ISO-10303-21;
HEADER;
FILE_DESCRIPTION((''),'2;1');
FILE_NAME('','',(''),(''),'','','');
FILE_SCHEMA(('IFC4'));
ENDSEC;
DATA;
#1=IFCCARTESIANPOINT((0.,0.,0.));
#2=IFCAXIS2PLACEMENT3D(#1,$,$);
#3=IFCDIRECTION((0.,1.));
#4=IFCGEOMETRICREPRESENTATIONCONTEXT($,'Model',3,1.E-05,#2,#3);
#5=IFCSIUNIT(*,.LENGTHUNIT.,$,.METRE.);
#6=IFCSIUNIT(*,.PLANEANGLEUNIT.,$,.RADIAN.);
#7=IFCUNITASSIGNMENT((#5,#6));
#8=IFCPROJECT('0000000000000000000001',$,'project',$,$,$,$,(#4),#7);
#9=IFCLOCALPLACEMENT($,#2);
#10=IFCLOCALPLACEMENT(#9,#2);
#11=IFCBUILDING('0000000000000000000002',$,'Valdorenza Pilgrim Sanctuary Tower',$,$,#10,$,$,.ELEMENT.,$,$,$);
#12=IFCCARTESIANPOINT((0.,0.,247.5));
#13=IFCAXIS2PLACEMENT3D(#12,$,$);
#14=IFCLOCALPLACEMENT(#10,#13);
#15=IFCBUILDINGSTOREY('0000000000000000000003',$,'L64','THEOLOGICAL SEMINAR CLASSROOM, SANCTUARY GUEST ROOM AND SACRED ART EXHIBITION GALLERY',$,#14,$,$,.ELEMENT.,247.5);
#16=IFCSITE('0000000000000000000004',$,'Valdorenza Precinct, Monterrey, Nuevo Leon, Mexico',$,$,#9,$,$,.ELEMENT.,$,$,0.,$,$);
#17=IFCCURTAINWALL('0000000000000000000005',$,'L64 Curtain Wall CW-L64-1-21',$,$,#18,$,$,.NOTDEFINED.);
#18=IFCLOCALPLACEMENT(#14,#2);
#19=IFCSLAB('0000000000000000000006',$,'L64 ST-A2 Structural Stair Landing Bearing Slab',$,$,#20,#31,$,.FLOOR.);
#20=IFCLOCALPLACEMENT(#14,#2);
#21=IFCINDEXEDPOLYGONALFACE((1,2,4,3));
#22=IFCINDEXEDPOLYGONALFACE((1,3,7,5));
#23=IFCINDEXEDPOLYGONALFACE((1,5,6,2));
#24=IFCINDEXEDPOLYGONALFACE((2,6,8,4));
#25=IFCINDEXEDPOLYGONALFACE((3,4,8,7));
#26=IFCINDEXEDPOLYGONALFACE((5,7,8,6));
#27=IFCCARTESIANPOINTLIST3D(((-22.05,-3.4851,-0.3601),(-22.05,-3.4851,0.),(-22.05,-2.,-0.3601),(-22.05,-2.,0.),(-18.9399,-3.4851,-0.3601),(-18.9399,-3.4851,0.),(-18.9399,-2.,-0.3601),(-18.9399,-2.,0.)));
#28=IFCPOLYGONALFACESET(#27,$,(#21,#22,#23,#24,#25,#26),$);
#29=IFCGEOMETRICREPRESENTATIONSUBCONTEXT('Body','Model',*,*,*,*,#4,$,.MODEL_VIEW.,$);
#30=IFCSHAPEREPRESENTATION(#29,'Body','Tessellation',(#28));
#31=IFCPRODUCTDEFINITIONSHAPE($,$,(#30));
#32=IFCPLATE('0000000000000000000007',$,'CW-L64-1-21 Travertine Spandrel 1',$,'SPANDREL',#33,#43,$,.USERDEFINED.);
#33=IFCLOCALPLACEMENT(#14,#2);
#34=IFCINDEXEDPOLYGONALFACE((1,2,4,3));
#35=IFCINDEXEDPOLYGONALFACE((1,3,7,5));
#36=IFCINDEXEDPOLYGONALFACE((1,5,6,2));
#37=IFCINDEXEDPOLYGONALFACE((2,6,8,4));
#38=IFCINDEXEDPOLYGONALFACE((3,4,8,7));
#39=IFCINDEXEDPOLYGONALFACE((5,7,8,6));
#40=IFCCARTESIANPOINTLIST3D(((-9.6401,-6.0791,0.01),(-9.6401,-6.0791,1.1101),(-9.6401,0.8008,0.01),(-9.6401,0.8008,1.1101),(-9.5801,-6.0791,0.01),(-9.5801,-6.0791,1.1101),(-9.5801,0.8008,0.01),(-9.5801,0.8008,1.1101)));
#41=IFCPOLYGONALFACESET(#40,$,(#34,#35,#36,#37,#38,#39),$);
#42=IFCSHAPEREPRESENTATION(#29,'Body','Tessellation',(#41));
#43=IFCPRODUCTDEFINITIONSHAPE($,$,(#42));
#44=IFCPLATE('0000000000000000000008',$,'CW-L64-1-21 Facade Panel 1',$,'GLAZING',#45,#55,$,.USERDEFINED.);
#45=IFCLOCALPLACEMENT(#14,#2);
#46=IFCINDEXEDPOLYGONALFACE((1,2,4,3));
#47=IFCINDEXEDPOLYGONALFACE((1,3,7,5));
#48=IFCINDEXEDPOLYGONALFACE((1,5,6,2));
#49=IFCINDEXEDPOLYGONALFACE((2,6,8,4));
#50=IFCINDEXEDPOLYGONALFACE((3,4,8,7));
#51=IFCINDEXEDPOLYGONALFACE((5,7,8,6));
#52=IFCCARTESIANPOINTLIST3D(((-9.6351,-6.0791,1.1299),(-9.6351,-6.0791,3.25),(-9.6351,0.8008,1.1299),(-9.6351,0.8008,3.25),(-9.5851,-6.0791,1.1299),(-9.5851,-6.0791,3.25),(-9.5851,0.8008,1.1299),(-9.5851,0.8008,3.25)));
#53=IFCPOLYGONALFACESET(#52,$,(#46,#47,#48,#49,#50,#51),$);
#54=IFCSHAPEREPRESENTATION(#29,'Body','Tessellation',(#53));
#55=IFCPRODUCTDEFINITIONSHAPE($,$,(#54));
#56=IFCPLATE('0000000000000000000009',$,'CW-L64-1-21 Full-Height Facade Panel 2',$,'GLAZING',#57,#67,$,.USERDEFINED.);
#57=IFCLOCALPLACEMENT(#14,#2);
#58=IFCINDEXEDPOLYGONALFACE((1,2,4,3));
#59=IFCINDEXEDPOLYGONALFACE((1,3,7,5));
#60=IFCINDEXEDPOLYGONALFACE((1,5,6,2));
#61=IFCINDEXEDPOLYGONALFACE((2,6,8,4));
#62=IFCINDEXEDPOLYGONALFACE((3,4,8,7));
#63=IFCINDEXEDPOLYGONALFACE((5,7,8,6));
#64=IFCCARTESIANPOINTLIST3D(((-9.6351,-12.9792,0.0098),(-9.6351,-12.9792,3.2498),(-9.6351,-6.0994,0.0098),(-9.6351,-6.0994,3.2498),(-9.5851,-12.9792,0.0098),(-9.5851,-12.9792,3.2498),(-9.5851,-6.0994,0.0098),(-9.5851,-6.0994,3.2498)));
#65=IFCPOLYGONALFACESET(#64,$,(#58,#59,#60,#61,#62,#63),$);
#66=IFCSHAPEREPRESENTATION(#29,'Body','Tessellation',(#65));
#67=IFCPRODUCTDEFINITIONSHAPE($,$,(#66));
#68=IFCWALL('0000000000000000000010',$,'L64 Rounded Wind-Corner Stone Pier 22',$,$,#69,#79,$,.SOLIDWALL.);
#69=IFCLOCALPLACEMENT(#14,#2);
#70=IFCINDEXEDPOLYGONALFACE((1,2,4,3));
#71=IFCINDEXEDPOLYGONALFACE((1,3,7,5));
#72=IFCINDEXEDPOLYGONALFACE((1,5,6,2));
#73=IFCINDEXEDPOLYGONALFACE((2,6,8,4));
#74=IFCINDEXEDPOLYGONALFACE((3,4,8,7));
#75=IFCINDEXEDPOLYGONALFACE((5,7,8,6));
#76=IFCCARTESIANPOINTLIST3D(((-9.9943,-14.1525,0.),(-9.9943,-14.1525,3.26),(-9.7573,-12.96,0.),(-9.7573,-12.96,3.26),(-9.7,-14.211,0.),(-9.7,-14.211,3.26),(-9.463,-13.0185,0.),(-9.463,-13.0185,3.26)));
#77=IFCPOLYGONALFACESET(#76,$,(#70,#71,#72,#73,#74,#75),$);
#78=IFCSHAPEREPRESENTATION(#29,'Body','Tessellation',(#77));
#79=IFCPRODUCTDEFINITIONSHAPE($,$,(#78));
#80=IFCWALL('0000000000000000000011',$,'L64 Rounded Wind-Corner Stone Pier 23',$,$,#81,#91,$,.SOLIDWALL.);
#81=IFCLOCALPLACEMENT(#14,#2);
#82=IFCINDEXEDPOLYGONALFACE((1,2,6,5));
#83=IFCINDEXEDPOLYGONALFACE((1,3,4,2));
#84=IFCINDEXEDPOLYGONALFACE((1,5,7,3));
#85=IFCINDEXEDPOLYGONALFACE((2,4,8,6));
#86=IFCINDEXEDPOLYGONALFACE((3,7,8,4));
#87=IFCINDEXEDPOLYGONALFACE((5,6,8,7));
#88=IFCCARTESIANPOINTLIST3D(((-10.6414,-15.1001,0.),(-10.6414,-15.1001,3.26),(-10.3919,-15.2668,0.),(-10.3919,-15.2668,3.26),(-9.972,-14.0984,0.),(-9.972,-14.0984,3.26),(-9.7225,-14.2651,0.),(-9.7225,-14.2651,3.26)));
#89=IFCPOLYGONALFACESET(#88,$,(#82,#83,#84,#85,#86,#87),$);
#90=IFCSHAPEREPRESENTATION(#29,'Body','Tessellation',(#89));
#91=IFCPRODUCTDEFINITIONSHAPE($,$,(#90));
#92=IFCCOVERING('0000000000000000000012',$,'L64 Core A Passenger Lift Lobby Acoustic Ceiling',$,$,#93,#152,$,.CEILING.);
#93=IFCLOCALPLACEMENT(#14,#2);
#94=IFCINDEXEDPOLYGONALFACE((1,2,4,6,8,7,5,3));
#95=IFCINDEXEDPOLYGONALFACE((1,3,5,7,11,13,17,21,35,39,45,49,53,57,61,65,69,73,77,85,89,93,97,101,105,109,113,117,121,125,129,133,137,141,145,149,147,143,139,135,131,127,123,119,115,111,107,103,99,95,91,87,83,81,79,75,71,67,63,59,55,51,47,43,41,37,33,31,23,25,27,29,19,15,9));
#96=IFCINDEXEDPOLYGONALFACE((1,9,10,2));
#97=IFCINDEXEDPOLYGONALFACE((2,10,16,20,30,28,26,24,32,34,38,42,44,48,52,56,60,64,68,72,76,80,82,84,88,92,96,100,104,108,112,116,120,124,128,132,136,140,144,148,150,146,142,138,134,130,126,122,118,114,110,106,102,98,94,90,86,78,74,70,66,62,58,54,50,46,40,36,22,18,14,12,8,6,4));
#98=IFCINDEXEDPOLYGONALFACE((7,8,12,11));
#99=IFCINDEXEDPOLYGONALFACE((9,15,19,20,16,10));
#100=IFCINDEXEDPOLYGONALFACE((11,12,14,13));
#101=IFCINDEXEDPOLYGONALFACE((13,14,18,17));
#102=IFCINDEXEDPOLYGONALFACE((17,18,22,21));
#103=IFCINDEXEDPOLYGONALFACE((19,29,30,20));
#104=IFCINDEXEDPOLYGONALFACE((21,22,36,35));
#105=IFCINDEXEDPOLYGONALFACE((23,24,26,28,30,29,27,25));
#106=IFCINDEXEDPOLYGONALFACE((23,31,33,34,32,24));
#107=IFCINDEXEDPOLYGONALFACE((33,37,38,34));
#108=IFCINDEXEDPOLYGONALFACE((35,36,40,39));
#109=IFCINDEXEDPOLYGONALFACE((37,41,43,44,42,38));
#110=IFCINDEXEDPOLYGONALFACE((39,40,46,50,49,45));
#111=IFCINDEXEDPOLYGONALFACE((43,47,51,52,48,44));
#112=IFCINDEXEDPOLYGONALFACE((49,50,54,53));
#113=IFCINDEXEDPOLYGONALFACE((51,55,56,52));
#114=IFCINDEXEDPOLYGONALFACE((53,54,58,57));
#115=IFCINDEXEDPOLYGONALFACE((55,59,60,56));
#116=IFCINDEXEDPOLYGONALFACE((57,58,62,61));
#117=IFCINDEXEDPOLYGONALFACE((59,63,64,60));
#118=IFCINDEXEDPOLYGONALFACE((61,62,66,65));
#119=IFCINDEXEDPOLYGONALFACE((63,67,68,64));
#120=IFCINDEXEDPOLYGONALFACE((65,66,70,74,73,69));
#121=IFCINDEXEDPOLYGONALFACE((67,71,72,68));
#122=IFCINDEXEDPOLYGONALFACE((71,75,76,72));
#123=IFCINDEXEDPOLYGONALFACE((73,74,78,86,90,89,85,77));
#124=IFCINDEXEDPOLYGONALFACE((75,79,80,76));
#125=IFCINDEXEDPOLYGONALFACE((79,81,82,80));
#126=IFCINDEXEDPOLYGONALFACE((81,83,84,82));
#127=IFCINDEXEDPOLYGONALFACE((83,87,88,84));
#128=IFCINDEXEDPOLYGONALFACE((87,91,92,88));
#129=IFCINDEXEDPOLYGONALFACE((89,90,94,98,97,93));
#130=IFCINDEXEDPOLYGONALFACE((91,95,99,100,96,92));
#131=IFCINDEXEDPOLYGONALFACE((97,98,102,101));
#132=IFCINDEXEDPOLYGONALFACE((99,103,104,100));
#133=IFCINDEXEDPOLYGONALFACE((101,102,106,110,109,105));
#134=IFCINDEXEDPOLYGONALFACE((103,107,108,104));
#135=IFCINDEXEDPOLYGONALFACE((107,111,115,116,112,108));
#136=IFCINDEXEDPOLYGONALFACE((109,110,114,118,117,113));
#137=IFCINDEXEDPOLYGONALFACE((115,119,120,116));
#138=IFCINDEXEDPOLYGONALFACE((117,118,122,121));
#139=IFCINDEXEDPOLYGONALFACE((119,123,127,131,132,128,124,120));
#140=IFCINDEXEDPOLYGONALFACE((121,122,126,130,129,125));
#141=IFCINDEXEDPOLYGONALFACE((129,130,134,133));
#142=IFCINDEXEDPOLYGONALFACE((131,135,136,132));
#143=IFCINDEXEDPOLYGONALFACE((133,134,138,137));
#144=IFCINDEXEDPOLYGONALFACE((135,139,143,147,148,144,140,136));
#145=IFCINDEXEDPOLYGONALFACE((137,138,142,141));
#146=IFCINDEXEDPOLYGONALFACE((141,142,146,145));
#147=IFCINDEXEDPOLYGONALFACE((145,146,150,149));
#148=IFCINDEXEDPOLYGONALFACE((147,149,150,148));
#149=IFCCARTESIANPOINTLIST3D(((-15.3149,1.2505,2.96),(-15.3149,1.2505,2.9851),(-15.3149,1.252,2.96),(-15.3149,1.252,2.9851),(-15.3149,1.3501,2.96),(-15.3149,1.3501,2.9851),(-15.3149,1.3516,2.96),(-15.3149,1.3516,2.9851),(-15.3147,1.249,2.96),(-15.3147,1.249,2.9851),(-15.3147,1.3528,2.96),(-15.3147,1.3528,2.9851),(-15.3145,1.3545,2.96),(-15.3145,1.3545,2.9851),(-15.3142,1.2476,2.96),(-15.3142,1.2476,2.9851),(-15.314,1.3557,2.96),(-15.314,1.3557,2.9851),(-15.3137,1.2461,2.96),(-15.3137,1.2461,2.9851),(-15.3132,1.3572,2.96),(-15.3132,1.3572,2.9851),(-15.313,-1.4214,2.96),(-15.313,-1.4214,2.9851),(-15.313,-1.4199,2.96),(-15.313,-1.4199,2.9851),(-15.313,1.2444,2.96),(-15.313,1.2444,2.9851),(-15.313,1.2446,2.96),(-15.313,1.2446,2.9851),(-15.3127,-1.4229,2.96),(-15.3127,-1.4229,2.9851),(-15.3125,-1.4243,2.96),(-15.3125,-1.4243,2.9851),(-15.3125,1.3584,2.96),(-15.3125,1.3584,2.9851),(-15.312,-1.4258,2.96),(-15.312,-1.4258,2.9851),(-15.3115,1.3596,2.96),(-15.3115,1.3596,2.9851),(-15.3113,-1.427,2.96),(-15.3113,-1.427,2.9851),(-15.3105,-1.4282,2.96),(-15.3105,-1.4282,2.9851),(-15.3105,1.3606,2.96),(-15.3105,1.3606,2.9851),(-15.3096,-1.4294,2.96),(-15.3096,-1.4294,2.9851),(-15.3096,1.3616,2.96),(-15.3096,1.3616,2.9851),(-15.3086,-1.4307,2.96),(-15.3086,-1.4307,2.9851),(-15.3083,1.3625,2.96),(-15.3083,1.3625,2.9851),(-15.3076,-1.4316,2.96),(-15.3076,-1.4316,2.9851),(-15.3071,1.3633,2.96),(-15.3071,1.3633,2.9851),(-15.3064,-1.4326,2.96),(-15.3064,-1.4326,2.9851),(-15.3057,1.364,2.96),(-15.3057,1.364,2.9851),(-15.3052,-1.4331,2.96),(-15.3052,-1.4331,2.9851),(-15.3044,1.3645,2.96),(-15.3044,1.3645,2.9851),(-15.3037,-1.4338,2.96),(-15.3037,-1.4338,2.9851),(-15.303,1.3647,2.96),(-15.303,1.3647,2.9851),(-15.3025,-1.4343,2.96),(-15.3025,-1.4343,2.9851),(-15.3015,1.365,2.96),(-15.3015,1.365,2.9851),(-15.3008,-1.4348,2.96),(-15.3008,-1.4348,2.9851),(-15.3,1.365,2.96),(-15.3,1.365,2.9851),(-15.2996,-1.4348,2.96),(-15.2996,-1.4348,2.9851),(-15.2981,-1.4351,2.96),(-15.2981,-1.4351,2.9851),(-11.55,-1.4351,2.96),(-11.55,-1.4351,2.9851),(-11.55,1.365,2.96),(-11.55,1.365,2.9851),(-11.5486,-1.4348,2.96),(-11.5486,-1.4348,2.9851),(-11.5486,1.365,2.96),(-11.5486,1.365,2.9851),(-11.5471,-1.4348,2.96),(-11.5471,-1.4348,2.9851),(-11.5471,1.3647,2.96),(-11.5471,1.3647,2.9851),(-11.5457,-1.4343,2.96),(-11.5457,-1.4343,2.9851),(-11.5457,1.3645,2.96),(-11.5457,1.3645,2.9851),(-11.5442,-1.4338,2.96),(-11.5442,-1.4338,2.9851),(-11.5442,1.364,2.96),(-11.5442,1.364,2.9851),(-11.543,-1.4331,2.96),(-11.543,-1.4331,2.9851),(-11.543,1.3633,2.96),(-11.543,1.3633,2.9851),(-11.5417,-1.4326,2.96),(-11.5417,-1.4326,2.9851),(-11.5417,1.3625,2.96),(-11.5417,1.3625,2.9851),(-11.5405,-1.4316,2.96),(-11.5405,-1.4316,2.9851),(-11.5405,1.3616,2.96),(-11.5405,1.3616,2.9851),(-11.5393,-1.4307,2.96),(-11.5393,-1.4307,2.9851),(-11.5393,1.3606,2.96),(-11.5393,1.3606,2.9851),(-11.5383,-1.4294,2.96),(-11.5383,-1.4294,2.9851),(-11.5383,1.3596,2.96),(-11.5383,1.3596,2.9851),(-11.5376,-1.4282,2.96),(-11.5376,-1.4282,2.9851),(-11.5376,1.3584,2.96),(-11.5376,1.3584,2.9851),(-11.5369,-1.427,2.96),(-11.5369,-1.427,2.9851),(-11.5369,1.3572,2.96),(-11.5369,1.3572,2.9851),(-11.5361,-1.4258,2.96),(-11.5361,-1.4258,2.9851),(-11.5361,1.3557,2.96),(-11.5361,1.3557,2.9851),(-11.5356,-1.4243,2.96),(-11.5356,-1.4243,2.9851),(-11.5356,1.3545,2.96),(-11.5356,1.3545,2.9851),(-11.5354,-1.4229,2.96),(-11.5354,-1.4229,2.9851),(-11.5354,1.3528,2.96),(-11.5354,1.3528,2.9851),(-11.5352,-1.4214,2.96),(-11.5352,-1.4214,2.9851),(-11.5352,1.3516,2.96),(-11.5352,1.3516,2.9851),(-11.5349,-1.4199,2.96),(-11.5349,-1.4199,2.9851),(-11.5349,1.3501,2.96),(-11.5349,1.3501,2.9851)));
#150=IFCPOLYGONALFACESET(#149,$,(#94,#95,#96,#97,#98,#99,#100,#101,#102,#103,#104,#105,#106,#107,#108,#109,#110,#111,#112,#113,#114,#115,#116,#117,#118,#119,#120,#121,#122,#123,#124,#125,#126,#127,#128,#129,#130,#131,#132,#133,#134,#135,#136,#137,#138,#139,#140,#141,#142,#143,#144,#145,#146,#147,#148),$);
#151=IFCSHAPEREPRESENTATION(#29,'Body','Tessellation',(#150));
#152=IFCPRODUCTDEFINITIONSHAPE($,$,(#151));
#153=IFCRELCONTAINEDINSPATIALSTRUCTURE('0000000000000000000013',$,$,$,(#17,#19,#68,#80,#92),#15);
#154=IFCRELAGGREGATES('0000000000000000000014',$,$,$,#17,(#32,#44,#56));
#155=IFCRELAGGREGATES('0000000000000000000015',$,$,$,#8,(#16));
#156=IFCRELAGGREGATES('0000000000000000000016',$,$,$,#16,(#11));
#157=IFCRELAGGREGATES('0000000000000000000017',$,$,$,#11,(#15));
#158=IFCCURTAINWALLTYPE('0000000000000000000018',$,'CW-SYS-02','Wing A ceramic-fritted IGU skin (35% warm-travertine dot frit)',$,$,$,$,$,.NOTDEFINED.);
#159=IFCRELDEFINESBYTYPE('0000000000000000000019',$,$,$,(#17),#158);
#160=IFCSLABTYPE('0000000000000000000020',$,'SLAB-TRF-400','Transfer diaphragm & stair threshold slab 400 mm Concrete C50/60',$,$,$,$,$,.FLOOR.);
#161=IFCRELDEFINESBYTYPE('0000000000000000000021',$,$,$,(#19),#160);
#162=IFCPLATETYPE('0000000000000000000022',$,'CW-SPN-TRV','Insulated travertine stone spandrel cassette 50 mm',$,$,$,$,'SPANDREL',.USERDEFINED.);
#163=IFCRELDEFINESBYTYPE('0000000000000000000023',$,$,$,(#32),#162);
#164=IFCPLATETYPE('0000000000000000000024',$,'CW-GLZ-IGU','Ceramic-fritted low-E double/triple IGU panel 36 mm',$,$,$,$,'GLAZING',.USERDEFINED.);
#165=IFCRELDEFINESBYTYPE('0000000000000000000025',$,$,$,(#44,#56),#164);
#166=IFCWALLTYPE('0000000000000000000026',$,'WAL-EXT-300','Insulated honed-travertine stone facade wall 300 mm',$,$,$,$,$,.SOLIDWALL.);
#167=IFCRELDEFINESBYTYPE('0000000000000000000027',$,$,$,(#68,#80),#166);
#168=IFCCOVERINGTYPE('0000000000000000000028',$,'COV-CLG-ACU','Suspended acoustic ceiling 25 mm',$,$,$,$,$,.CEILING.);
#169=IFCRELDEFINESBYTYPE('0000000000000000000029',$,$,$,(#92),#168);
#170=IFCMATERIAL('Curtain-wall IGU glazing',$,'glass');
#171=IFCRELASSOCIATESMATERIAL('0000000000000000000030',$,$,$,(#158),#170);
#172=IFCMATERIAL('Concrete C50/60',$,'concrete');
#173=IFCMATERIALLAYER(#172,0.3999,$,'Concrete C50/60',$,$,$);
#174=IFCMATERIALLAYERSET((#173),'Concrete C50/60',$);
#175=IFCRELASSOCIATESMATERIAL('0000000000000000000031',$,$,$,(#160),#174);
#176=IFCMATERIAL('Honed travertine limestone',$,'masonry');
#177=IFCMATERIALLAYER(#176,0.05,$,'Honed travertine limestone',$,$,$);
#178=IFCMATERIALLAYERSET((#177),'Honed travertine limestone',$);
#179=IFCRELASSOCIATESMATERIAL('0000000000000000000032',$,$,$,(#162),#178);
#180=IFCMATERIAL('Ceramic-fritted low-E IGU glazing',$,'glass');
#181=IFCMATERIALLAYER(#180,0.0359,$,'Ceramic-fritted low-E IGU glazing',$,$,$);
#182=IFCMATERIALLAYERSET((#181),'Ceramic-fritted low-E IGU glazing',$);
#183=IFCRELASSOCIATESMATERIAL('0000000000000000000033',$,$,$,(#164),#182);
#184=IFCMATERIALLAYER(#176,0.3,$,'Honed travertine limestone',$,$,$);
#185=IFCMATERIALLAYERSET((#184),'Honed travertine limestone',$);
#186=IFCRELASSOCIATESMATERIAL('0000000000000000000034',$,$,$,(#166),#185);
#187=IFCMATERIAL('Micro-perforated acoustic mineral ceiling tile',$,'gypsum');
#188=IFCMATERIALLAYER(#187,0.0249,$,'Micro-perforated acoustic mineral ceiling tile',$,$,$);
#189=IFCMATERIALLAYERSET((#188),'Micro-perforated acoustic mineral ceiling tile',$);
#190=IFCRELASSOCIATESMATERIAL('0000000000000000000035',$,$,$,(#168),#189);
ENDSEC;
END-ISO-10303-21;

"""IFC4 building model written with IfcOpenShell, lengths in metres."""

from ifc_helpers import new_model, si_unit, direction, frame, frame_2d, origin, origin_2d, place, context, subcontext, project, spatial, polyline, rectangle, outline, extrude, source, transform, mapped, material, layer, layer_set, type_object, element, aggregate, save


model = new_model("IFC4")

# Units and contexts
model_context = context("Model", 3, precision=1e-05, world=origin(), true_north=direction((0.0, 1.0)))
body_context = subcontext(model_context, "Body", "Model", "MODEL_VIEW")
ifc_project = project(units=[si_unit("LENGTHUNIT", "METRE"), si_unit("PLANEANGLEUNIT", "RADIAN")], contexts=[model_context])

# Site, building, storey
site_placement = place(None, origin())
site = spatial("IfcSite", under=ifc_project, at=site_placement, Name="Valdorenza Precinct, Monterrey, Nuevo Leon, Mexico", CompositionType="ELEMENT", RefElevation=0.0)
building_placement = place(site_placement, origin())
building = spatial("IfcBuilding", under=site, at=building_placement, Name="Valdorenza Pilgrim Sanctuary Tower", CompositionType="ELEMENT")
storey_placement = place(building_placement, frame((0.0, 0.0, 247.5)))
storey = spatial("IfcBuildingStorey", under=building, at=storey_placement, Name="L64", Description="THEOLOGICAL SEMINAR CLASSROOM, SANCTUARY GUEST ROOM AND SACRED ART EXHIBITION GALLERY", CompositionType="ELEMENT", Elevation=247.5)

# Curtain wall
ifc_material_1 = material(Name="Curtain-wall IGU glazing", Category="glass")
curtain_wall_type = type_object("IfcCurtainWallType", Name="CW-SYS-02", Description="Wing A ceramic-fritted IGU skin (35% warm-travertine dot frit)", PredefinedType="NOTDEFINED", material=ifc_material_1)
curtain_wall_placement = place(storey_placement, origin())
curtain_wall = element("IfcCurtainWall", 1, at=curtain_wall_placement, inside=storey, type_object=curtain_wall_type, Name="L64 Curtain Wall CW-L64-1-21", PredefinedType="NOTDEFINED")

# Slab
ifc_material_2 = material(Name="Concrete C50/60", Category="concrete")
ifc_layer_1 = layer(ifc_material_2, 0.3999, Name="Concrete C50/60")
ifc_layer_set_1 = layer_set([ifc_layer_1], Name="Concrete C50/60")
slab_type_1 = type_object("IfcSlabType", Name="SLAB-TRF-400", Description="Transfer diaphragm & stair threshold slab 400 mm Concrete C50/60", PredefinedType="FLOOR", material=ifc_layer_set_1)
slab_1_placement = place(storey_placement, frame((0.0, 0.0, -0.3601)))
element("IfcSlab", 2, at=slab_1_placement, inside=storey, type_object=slab_type_1, Name="L64 ST-A2 Structural Stair Landing Bearing Slab", PredefinedType="FLOOR", context=body_context, shape_type="SweptSolid", body=[
    extrude(outline(polyline([(-22.05, -3.4851), (-18.9399, -3.4851), (-18.9399, -2.0), (-22.05, -2.0), (-22.05, -3.4851)])), origin(), (0.0, 0.0, 1.0), 0.3601),
])

# Plates
ifc_material_3 = material(Name="Honed travertine limestone", Category="masonry")
ifc_layer_2 = layer(ifc_material_3, 0.05, Name="Honed travertine limestone")
ifc_layer_set_2 = layer_set([ifc_layer_2], Name="Honed travertine limestone")
plate_type_1 = type_object("IfcPlateType", Name="CW-SPN-TRV", Description="Insulated travertine stone spandrel cassette 50 mm", ElementType="SPANDREL", PredefinedType="USERDEFINED", material=ifc_layer_set_2)
shared_shape_1 = source(origin(), body_context, "Body", "SweptSolid", [
    extrude(rectangle(XDim=6.8799, YDim=0.0601, at=origin_2d()), origin(), (0.0, 0.0, 1.0), 1.1001),
])
plate_1_placement = place(storey_placement, frame((-9.6101, -2.6392, 0.01), z_axis=(0.0, 0.0, 1.0), x_axis=(0.0, -1.0, 0.0)))
plate_1 = element("IfcPlate", 3, at=plate_1_placement, type_object=plate_type_1, Name="CW-L64-1-21 Travertine Spandrel 1", ObjectType="SPANDREL", PredefinedType="USERDEFINED", context=body_context, shape_type="MappedRepresentation", body=[
    mapped(shared_shape_1, transform((0.0, 0.0, 0.0), x_axis=(1.0, 0.0, 0.0), y_axis=(0.0, 1.0, 0.0), z_axis=(0.0, 0.0, 1.0), scale=1.0)),
])
ifc_material_4 = material(Name="Ceramic-fritted low-E IGU glazing", Category="glass")
ifc_layer_3 = layer(ifc_material_4, 0.0359, Name="Ceramic-fritted low-E IGU glazing")
ifc_layer_set_3 = layer_set([ifc_layer_3], Name="Ceramic-fritted low-E IGU glazing")
plate_type_2 = type_object("IfcPlateType", Name="CW-GLZ-IGU", Description="Ceramic-fritted low-E double/triple IGU panel 36 mm", ElementType="GLAZING", PredefinedType="USERDEFINED", material=ifc_layer_set_3)
shared_shape_2 = source(origin(), body_context, "Body", "SweptSolid", [
    extrude(rectangle(XDim=6.8799, YDim=0.05, at=origin_2d()), origin(), (0.0, 0.0, 1.0), 2.1201),
])
plate_2_placement = place(storey_placement, frame((-9.6101, -2.6392, 1.1299), z_axis=(0.0, 0.0, 1.0), x_axis=(0.0, -1.0, 0.0)))
plate_2 = element("IfcPlate", 4, at=plate_2_placement, type_object=plate_type_2, Name="CW-L64-1-21 Facade Panel 1", ObjectType="GLAZING", PredefinedType="USERDEFINED", context=body_context, shape_type="MappedRepresentation", body=[
    mapped(shared_shape_2, transform((0.0, 0.0, 0.0), x_axis=(1.0, 0.0, 0.0), y_axis=(0.0, 1.0, 0.0), z_axis=(0.0, 0.0, 1.0), scale=1.0)),
])
shared_shape_3 = source(origin(), body_context, "Body", "SweptSolid", [
    extrude(rectangle(XDim=6.8799, YDim=0.05, at=origin_2d()), origin(), (0.0, 0.0, 1.0), 3.24),
])
plate_3_placement = place(storey_placement, frame((-9.6101, -9.5393, 0.0098), z_axis=(0.0, 0.0, 1.0), x_axis=(0.0, -1.0, 0.0)))
plate_3 = element("IfcPlate", 5, at=plate_3_placement, type_object=plate_type_2, Name="CW-L64-1-21 Full-Height Facade Panel 2", ObjectType="GLAZING", PredefinedType="USERDEFINED", context=body_context, shape_type="MappedRepresentation", body=[
    mapped(shared_shape_3, transform((0.0, 0.0, 0.0), x_axis=(1.0, 0.0, 0.0), y_axis=(0.0, 1.0, 0.0), z_axis=(0.0, 0.0, 1.0), scale=1.0)),
])
aggregate(curtain_wall, [plate_1, plate_2, plate_3])

# Walls
ifc_layer_4 = layer(ifc_material_3, 0.3, Name="Honed travertine limestone")
ifc_layer_set_4 = layer_set([ifc_layer_4], Name="Honed travertine limestone")
wall_type = type_object("IfcWallType", Name="WAL-EXT-300", Description="Insulated honed-travertine stone facade wall 300 mm", PredefinedType="SOLIDWALL", material=ifc_layer_set_4)
wall_1_placement = place(storey_placement, frame((-9.6101, -12.9893, 0.0), z_axis=(0.0, 0.0, 1.0), x_axis=(-0.194996, -0.980804, 0.0)))
element("IfcWall", 6, at=wall_1_placement, inside=storey, type_object=wall_type, Name="L64 Rounded Wind-Corner Stone Pier 22", PredefinedType="SOLIDWALL", context=body_context, shape_type="SweptSolid", body=[
    extrude(rectangle(XDim=1.2158, YDim=0.3, at=frame_2d((0.6079, 0.0))), origin(), (0.0, 0.0, 1.0), 3.26),
])
wall_2_placement = place(storey_placement, frame((-9.8472, -14.1816, 0.0), z_axis=(0.0, 0.0, 1.0), x_axis=(-0.555635, -0.831426, 0.0)))
element("IfcWall", 7, at=wall_2_placement, inside=storey, type_object=wall_type, Name="L64 Rounded Wind-Corner Stone Pier 23", PredefinedType="SOLIDWALL", context=body_context, shape_type="SweptSolid", body=[
    extrude(rectangle(XDim=1.2048, YDim=0.3, at=frame_2d((0.6025, 0.0))), origin(), (0.0, 0.0, 1.0), 3.26),
])

# Covering
ifc_material_5 = material(Name="Micro-perforated acoustic mineral ceiling tile", Category="gypsum")
ifc_layer_5 = layer(ifc_material_5, 0.0249, Name="Micro-perforated acoustic mineral ceiling tile")
ifc_layer_set_5 = layer_set([ifc_layer_5], Name="Micro-perforated acoustic mineral ceiling tile")
covering_type_1 = type_object("IfcCoveringType", Name="COV-CLG-ACU", Description="Suspended acoustic ceiling 25 mm", PredefinedType="CEILING", material=ifc_layer_set_5)
covering_1_placement = place(storey_placement, frame((0.0, 0.0, 2.96)))
element("IfcCovering", 8, at=covering_1_placement, inside=storey, type_object=covering_type_1, Name="L64 Core A Passenger Lift Lobby Acoustic Ceiling", PredefinedType="CEILING", context=body_context, shape_type="SweptSolid", body=[
    extrude(outline(polyline([(-15.3149, 1.3501), (-15.3149, 1.3516), (-15.3147, 1.3528), (-15.3145, 1.3545), (-15.314, 1.3557), (-15.3132, 1.3572), (-15.3125, 1.3584), (-15.3115, 1.3596), (-15.3105, 1.3606), (-15.3096, 1.3616), (-15.3083, 1.3625), (-15.3071, 1.3633), (-15.3057, 1.364), (-15.3044, 1.3645), (-15.303, 1.3647), (-15.3015, 1.365), (-15.3, 1.365), (-11.55, 1.365), (-11.5486, 1.365), (-11.5471, 1.3647), (-11.5457, 1.3645), (-11.5442, 1.364), (-11.543, 1.3633), (-11.5417, 1.3625), (-11.5405, 1.3616), (-11.5393, 1.3606), (-11.5383, 1.3596), (-11.5376, 1.3584), (-11.5369, 1.3572), (-11.5361, 1.3557), (-11.5356, 1.3545), (-11.5354, 1.3528), (-11.5352, 1.3516), (-11.5349, 1.3501), (-11.5349, -1.4199), (-11.5352, -1.4214), (-11.5354, -1.4229), (-11.5356, -1.4243), (-11.5361, -1.4258), (-11.5369, -1.427), (-11.5376, -1.4282), (-11.5383, -1.4294), (-11.5393, -1.4307), (-11.5405, -1.4316), (-11.5417, -1.4326), (-11.543, -1.4331), (-11.5442, -1.4338), (-11.5457, -1.4343), (-11.5471, -1.4348), (-11.5486, -1.4348), (-11.55, -1.4351), (-15.2981, -1.4351), (-15.2996, -1.4348), (-15.3008, -1.4348), (-15.3025, -1.4343), (-15.3037, -1.4338), (-15.3052, -1.4331), (-15.3064, -1.4326), (-15.3076, -1.4316), (-15.3086, -1.4307), (-15.3096, -1.4294), (-15.3105, -1.4282), (-15.3113, -1.427), (-15.312, -1.4258), (-15.3125, -1.4243), (-15.3127, -1.4229), (-15.313, -1.4214), (-15.313, -1.4199), (-15.313, 1.2444), (-15.313, 1.2446), (-15.3137, 1.2461), (-15.3142, 1.2476), (-15.3147, 1.249), (-15.3149, 1.2505), (-15.3149, 1.252), (-15.3149, 1.3501)])), origin(), (0.0, 0.0, 1.0), 0.0251),
])

save(model, "model.ifc")
